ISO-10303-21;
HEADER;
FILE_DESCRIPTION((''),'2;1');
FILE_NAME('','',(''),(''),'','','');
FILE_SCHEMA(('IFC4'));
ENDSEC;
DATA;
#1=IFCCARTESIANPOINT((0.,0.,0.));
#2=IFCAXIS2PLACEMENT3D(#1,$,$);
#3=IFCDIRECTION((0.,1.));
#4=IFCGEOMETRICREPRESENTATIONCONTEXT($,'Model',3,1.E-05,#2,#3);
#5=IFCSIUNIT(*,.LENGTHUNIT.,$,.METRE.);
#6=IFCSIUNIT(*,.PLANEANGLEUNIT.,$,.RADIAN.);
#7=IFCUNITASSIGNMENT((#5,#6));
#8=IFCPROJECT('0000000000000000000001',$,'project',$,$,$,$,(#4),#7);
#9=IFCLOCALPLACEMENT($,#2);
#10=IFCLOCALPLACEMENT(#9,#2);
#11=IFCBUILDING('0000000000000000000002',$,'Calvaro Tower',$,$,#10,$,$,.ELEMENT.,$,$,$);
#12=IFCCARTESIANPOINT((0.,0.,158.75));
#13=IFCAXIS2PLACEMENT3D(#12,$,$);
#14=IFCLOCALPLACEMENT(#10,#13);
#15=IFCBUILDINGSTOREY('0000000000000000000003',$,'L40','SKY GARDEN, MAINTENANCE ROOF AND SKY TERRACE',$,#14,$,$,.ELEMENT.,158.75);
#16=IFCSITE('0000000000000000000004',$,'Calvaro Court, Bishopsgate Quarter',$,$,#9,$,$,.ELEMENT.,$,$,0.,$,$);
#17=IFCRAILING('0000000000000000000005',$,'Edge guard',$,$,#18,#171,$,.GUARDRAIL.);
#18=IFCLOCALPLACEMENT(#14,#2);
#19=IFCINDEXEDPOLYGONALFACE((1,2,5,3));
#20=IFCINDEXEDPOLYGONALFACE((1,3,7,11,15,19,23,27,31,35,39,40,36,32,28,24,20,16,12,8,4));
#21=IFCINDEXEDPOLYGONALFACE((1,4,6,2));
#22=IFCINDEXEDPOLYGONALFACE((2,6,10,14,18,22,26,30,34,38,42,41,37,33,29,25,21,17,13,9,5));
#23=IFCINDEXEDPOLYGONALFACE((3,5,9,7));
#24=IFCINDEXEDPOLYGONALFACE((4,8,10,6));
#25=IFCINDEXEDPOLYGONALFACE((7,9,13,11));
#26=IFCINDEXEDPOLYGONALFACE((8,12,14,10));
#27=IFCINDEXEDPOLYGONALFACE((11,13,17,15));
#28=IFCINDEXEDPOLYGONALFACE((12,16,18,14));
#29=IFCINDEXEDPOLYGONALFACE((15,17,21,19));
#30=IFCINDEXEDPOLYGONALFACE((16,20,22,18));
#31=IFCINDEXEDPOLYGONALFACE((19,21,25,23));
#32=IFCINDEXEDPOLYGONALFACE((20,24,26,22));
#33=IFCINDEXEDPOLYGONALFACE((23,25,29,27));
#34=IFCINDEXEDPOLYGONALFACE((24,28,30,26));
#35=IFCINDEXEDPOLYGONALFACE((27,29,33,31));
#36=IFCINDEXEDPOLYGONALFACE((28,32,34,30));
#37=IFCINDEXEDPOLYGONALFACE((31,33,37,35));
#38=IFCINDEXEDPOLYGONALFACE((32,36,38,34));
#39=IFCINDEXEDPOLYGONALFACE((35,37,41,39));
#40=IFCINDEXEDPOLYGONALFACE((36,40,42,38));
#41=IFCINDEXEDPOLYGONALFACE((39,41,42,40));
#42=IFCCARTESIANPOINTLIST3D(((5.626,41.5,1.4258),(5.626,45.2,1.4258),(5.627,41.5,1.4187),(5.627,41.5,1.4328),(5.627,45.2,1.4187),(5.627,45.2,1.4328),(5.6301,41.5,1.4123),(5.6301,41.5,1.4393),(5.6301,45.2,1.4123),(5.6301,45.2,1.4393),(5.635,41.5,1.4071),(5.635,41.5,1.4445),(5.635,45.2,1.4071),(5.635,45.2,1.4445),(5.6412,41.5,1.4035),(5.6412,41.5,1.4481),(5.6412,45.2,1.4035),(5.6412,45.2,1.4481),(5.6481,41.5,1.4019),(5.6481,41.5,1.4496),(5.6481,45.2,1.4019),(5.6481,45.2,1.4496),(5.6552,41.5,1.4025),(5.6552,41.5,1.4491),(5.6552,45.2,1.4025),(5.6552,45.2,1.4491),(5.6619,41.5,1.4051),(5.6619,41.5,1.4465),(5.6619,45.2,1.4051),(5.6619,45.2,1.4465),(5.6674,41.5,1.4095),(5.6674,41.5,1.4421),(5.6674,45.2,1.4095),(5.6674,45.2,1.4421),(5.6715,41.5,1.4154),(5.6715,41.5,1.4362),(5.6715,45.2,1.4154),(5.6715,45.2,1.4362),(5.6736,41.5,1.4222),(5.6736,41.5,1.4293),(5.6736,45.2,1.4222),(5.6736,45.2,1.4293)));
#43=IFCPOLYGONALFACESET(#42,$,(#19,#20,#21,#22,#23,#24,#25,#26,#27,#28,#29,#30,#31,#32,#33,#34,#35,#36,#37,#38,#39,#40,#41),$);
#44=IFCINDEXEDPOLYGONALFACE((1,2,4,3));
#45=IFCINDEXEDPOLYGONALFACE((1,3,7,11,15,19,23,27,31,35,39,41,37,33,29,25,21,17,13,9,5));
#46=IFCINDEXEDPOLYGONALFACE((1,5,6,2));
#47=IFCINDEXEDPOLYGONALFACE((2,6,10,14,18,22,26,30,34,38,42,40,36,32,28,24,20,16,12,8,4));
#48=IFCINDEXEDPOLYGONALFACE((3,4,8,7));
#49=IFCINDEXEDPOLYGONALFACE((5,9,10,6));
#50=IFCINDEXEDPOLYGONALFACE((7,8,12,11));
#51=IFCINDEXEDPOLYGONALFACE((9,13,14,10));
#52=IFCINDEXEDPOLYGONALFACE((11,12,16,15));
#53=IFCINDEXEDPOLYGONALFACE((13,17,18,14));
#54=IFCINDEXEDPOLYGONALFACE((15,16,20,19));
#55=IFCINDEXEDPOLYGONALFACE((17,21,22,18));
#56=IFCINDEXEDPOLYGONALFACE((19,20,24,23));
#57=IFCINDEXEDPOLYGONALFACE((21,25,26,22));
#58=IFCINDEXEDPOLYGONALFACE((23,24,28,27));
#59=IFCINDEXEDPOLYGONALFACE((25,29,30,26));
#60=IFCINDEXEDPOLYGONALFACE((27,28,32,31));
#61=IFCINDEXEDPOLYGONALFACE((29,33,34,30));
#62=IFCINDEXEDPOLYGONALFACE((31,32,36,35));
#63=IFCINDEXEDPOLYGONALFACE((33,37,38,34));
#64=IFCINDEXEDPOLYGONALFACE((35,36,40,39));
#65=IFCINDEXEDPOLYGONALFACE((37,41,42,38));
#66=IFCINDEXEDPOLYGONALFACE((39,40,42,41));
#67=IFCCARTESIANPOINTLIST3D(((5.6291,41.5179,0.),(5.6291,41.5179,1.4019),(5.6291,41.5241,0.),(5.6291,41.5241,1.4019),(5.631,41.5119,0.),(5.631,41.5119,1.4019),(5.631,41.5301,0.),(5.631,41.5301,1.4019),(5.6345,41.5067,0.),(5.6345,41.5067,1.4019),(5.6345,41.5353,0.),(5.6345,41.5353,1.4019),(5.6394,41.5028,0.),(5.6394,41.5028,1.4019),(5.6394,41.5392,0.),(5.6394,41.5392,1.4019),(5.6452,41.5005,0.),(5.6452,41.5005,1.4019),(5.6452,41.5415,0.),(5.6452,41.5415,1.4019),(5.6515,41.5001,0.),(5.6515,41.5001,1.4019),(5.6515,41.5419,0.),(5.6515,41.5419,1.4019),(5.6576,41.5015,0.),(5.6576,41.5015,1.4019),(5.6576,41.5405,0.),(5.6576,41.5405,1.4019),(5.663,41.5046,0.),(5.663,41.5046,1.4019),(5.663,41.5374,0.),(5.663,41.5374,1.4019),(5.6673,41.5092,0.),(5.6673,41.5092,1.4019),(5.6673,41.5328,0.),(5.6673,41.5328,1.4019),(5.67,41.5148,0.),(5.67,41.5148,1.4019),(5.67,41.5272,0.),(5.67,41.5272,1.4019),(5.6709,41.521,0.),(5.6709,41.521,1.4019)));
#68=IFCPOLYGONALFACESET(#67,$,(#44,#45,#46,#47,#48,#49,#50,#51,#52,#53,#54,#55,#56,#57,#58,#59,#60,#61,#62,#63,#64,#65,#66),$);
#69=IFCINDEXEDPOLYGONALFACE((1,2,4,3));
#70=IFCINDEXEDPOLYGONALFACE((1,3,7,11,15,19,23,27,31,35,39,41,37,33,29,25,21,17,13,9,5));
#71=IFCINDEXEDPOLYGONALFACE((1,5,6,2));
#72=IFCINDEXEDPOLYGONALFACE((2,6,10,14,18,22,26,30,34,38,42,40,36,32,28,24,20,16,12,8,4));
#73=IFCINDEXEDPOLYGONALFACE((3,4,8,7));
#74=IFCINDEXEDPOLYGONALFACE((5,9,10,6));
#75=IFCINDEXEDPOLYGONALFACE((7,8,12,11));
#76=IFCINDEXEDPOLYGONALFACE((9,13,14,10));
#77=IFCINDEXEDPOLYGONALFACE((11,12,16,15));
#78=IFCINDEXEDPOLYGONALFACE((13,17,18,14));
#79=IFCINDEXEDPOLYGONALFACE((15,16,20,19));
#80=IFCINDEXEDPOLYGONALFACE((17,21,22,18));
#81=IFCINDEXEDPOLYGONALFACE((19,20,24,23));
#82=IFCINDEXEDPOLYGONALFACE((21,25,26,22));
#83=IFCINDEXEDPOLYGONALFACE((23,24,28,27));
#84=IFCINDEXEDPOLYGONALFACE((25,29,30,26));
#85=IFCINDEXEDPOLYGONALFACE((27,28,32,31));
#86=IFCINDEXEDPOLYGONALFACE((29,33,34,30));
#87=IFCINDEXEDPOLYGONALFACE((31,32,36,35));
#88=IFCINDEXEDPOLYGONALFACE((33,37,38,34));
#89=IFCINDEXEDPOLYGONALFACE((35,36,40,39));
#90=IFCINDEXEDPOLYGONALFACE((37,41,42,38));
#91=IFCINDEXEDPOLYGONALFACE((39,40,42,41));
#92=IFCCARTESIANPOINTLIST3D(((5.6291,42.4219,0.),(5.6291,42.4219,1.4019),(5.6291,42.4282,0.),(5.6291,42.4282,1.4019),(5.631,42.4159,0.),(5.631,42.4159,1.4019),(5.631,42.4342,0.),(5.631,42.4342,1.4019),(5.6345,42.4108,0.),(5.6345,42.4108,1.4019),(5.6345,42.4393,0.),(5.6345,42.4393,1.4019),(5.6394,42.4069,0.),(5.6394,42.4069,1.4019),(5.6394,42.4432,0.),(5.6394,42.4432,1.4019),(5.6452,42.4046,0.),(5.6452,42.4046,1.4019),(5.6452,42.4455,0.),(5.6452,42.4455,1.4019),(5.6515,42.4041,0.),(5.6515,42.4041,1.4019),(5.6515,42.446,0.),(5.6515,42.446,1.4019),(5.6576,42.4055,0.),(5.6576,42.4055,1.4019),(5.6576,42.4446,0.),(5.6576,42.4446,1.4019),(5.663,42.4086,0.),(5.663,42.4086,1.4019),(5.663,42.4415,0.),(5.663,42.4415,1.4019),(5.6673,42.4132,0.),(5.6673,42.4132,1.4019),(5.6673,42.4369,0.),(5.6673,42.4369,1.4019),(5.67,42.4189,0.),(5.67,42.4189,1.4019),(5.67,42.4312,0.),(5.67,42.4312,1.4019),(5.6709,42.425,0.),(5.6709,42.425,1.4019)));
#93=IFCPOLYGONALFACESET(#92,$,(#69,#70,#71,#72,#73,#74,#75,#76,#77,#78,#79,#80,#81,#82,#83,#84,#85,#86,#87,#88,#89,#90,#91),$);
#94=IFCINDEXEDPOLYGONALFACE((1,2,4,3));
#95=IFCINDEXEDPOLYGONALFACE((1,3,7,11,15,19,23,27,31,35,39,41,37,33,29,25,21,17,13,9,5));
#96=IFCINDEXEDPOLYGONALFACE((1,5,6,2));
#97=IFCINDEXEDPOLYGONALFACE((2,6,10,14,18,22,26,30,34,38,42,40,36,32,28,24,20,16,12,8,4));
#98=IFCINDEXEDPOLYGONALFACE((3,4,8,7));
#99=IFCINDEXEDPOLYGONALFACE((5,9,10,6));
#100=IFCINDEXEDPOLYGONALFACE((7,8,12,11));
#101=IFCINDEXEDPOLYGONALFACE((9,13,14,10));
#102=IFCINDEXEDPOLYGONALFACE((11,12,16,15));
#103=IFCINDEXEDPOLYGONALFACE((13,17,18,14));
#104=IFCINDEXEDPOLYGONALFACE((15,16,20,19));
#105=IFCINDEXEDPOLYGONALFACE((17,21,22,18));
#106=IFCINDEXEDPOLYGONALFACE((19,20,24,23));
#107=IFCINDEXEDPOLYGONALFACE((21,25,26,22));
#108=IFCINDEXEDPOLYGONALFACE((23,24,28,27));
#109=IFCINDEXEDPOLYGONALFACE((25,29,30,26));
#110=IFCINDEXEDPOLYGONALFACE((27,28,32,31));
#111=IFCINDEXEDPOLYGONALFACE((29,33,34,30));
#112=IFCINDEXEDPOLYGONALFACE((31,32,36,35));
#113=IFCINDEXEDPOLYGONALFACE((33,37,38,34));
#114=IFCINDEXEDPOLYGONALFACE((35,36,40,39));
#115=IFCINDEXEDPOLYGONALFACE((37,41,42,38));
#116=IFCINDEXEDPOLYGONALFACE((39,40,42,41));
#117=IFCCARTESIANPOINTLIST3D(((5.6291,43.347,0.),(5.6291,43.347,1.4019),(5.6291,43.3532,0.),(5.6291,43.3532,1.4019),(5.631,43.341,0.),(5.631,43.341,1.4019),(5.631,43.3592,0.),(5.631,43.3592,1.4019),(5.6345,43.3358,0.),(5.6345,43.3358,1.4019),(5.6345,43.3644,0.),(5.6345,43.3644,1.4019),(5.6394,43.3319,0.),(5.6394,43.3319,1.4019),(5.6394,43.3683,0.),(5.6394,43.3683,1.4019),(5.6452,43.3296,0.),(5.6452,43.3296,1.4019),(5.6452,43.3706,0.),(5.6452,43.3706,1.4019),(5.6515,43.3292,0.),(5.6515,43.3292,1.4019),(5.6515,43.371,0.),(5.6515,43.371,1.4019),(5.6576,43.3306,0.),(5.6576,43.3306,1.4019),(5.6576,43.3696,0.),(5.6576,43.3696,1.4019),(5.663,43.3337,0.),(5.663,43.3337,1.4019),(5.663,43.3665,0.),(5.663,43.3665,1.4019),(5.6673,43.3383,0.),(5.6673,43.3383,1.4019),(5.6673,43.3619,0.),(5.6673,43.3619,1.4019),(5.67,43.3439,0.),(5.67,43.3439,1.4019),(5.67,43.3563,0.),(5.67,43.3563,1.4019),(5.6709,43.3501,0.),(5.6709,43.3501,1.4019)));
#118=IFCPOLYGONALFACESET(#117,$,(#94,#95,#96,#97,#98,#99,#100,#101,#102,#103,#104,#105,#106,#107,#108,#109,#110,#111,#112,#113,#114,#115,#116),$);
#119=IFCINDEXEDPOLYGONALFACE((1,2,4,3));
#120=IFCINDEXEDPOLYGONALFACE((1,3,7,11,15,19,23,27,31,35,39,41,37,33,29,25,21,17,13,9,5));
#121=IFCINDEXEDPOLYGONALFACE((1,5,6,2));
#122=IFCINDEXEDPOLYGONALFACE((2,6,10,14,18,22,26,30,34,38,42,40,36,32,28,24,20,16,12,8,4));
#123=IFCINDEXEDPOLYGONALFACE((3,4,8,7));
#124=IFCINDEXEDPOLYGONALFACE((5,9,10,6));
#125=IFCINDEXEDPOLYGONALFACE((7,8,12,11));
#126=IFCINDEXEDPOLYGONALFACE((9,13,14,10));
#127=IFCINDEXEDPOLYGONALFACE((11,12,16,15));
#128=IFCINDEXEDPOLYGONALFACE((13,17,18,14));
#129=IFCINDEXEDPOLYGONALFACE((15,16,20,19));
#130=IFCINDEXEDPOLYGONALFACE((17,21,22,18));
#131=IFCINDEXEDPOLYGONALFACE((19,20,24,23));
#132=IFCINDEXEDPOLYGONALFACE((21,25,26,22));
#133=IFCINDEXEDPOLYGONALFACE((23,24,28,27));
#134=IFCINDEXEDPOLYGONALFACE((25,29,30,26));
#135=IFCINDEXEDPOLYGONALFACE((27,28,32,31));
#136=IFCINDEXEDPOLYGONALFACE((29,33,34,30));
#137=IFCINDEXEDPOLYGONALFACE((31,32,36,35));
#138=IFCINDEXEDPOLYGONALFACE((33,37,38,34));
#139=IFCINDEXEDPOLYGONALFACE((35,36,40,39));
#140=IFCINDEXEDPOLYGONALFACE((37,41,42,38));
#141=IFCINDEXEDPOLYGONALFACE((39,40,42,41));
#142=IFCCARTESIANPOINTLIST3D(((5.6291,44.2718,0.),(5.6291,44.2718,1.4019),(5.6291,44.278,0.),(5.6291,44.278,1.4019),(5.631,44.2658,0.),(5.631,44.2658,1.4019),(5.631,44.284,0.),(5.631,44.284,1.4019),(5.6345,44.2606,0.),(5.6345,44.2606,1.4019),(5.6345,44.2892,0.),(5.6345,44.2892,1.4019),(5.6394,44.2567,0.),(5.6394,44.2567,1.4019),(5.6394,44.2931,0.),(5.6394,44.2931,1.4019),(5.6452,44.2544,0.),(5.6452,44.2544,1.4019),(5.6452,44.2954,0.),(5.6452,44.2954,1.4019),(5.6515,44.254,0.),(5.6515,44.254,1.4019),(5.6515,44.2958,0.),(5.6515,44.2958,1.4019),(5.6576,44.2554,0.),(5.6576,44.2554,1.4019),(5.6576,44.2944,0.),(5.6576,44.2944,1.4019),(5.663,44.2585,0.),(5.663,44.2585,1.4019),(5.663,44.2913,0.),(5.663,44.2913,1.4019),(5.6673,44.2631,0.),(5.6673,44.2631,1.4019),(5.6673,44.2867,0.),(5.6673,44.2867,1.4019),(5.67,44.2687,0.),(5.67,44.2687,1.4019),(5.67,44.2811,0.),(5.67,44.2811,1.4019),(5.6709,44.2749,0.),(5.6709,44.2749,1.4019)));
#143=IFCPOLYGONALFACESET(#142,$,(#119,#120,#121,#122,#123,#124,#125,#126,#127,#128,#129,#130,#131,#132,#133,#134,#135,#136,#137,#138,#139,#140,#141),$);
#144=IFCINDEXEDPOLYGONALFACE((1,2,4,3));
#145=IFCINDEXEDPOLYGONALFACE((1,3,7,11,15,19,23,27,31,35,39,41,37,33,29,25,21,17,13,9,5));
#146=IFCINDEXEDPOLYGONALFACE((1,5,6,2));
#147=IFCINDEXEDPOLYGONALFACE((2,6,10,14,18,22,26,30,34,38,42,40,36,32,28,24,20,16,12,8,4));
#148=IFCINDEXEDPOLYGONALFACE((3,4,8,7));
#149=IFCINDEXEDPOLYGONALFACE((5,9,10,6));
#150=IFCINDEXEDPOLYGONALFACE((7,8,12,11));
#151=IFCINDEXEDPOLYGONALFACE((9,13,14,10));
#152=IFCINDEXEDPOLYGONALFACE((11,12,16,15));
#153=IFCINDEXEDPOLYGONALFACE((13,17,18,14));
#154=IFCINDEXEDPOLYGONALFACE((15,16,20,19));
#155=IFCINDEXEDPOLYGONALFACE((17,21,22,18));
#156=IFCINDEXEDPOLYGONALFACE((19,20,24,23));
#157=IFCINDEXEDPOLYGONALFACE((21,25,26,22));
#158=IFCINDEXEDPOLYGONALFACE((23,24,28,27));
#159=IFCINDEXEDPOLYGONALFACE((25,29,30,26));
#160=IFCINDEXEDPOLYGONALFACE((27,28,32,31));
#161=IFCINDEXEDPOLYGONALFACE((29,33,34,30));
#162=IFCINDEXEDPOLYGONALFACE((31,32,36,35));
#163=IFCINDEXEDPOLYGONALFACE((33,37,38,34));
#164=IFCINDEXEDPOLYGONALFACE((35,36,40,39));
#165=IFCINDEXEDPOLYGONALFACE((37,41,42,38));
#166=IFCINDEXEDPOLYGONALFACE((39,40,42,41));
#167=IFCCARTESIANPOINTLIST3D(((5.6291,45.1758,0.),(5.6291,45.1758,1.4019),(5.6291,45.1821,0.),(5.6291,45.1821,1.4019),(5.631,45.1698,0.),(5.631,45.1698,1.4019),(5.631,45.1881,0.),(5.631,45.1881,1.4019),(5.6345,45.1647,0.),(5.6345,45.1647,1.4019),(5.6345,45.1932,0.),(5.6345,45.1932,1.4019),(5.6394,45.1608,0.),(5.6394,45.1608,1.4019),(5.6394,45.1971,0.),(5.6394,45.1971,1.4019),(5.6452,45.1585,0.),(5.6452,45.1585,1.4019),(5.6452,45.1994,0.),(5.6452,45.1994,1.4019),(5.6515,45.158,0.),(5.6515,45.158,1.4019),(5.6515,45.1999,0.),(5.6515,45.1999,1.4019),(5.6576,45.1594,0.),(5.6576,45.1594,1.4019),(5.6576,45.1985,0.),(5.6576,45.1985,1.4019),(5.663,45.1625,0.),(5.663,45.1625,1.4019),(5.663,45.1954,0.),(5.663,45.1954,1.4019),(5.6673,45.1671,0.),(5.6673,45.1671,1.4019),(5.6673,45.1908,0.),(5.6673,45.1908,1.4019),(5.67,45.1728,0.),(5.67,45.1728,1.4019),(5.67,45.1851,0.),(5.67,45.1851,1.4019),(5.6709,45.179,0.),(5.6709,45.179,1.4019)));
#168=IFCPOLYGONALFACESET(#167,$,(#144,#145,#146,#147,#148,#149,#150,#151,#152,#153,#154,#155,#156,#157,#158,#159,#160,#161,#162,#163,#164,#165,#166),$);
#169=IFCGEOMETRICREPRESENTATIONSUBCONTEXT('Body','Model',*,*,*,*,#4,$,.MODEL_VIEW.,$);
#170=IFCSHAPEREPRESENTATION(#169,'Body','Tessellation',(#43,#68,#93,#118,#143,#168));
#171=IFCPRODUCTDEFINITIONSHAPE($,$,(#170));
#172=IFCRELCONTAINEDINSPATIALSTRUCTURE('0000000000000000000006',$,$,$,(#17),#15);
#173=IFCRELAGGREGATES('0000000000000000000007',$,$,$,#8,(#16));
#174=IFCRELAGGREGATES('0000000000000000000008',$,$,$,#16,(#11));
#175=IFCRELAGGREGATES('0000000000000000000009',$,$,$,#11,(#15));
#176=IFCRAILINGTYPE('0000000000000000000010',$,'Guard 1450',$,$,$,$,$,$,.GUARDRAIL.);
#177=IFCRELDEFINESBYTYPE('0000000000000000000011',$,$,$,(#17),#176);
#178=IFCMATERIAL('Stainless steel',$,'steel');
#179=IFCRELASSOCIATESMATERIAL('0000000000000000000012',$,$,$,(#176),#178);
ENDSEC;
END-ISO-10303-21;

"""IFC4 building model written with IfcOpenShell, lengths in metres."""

from ifc_helpers import new_model, si_unit, direction, frame, origin, origin_2d, place, context, subcontext, project, spatial, circle, extrude, material, type_object, element, save


model = new_model("IFC4")

# Units and contexts
model_context = context("Model", 3, precision=1e-05, world=origin(), true_north=direction((0.0, 1.0)))
body_context = subcontext(model_context, "Body", "Model", "MODEL_VIEW")
ifc_project = project(units=[si_unit("LENGTHUNIT", "METRE"), si_unit("PLANEANGLEUNIT", "RADIAN")], contexts=[model_context])

# Site, building, storey
site_placement = place(None, origin())
site = spatial("IfcSite", under=ifc_project, at=site_placement, Name="Calvaro Court, Bishopsgate Quarter", CompositionType="ELEMENT", RefElevation=0.0)
building_placement = place(site_placement, origin())
building = spatial("IfcBuilding", under=site, at=building_placement, Name="Calvaro Tower", CompositionType="ELEMENT")
storey_placement = place(building_placement, frame((0.0, 0.0, 158.75)))
storey = spatial("IfcBuildingStorey", under=building, at=storey_placement, Name="L40", Description="SKY GARDEN, MAINTENANCE ROOF AND SKY TERRACE", CompositionType="ELEMENT", Elevation=158.75)

# Railing
ifc_material_1 = material(Name="Stainless steel", Category="steel")
railing_type_1 = type_object("IfcRailingType", Name="Guard 1450", PredefinedType="GUARDRAIL", material=ifc_material_1)
railing_1_placement = place(storey_placement, frame((5.6499, 41.5, 0.0)))
element("IfcRailing", 1, at=railing_1_placement, inside=storey, type_object=railing_type_1, Name="Edge guard", PredefinedType="GUARDRAIL", context=body_context, shape_type="SweptSolid", body=[
    extrude(circle(Radius=0.0239, at=origin_2d()), frame((0.0, 0.0, 1.4258), z_axis=(0.0, 1.0, 0.0), x_axis=(-1.0, 0.0, 0.0)), (0.0, 0.0, 1.0), 3.7),
    extrude(circle(Radius=0.021, at=origin_2d()), frame((0.0, 0.021, 0.0)), (0.0, 0.0, 1.0), 1.4019),
    extrude(circle(Radius=0.021, at=origin_2d()), frame((0.0, 0.925, 0.0)), (0.0, 0.0, 1.0), 1.4019),
    extrude(circle(Radius=0.021, at=origin_2d()), frame((0.0, 1.8501, 0.0)), (0.0, 0.0, 1.0), 1.4019),
    extrude(circle(Radius=0.021, at=origin_2d()), frame((0.0, 2.7749, 0.0)), (0.0, 0.0, 1.0), 1.4019),
    extrude(circle(Radius=0.021, at=origin_2d()), frame((0.0, 3.679, 0.0)), (0.0, 0.0, 1.0), 1.4019),
])

save(model, "model.ifc")
